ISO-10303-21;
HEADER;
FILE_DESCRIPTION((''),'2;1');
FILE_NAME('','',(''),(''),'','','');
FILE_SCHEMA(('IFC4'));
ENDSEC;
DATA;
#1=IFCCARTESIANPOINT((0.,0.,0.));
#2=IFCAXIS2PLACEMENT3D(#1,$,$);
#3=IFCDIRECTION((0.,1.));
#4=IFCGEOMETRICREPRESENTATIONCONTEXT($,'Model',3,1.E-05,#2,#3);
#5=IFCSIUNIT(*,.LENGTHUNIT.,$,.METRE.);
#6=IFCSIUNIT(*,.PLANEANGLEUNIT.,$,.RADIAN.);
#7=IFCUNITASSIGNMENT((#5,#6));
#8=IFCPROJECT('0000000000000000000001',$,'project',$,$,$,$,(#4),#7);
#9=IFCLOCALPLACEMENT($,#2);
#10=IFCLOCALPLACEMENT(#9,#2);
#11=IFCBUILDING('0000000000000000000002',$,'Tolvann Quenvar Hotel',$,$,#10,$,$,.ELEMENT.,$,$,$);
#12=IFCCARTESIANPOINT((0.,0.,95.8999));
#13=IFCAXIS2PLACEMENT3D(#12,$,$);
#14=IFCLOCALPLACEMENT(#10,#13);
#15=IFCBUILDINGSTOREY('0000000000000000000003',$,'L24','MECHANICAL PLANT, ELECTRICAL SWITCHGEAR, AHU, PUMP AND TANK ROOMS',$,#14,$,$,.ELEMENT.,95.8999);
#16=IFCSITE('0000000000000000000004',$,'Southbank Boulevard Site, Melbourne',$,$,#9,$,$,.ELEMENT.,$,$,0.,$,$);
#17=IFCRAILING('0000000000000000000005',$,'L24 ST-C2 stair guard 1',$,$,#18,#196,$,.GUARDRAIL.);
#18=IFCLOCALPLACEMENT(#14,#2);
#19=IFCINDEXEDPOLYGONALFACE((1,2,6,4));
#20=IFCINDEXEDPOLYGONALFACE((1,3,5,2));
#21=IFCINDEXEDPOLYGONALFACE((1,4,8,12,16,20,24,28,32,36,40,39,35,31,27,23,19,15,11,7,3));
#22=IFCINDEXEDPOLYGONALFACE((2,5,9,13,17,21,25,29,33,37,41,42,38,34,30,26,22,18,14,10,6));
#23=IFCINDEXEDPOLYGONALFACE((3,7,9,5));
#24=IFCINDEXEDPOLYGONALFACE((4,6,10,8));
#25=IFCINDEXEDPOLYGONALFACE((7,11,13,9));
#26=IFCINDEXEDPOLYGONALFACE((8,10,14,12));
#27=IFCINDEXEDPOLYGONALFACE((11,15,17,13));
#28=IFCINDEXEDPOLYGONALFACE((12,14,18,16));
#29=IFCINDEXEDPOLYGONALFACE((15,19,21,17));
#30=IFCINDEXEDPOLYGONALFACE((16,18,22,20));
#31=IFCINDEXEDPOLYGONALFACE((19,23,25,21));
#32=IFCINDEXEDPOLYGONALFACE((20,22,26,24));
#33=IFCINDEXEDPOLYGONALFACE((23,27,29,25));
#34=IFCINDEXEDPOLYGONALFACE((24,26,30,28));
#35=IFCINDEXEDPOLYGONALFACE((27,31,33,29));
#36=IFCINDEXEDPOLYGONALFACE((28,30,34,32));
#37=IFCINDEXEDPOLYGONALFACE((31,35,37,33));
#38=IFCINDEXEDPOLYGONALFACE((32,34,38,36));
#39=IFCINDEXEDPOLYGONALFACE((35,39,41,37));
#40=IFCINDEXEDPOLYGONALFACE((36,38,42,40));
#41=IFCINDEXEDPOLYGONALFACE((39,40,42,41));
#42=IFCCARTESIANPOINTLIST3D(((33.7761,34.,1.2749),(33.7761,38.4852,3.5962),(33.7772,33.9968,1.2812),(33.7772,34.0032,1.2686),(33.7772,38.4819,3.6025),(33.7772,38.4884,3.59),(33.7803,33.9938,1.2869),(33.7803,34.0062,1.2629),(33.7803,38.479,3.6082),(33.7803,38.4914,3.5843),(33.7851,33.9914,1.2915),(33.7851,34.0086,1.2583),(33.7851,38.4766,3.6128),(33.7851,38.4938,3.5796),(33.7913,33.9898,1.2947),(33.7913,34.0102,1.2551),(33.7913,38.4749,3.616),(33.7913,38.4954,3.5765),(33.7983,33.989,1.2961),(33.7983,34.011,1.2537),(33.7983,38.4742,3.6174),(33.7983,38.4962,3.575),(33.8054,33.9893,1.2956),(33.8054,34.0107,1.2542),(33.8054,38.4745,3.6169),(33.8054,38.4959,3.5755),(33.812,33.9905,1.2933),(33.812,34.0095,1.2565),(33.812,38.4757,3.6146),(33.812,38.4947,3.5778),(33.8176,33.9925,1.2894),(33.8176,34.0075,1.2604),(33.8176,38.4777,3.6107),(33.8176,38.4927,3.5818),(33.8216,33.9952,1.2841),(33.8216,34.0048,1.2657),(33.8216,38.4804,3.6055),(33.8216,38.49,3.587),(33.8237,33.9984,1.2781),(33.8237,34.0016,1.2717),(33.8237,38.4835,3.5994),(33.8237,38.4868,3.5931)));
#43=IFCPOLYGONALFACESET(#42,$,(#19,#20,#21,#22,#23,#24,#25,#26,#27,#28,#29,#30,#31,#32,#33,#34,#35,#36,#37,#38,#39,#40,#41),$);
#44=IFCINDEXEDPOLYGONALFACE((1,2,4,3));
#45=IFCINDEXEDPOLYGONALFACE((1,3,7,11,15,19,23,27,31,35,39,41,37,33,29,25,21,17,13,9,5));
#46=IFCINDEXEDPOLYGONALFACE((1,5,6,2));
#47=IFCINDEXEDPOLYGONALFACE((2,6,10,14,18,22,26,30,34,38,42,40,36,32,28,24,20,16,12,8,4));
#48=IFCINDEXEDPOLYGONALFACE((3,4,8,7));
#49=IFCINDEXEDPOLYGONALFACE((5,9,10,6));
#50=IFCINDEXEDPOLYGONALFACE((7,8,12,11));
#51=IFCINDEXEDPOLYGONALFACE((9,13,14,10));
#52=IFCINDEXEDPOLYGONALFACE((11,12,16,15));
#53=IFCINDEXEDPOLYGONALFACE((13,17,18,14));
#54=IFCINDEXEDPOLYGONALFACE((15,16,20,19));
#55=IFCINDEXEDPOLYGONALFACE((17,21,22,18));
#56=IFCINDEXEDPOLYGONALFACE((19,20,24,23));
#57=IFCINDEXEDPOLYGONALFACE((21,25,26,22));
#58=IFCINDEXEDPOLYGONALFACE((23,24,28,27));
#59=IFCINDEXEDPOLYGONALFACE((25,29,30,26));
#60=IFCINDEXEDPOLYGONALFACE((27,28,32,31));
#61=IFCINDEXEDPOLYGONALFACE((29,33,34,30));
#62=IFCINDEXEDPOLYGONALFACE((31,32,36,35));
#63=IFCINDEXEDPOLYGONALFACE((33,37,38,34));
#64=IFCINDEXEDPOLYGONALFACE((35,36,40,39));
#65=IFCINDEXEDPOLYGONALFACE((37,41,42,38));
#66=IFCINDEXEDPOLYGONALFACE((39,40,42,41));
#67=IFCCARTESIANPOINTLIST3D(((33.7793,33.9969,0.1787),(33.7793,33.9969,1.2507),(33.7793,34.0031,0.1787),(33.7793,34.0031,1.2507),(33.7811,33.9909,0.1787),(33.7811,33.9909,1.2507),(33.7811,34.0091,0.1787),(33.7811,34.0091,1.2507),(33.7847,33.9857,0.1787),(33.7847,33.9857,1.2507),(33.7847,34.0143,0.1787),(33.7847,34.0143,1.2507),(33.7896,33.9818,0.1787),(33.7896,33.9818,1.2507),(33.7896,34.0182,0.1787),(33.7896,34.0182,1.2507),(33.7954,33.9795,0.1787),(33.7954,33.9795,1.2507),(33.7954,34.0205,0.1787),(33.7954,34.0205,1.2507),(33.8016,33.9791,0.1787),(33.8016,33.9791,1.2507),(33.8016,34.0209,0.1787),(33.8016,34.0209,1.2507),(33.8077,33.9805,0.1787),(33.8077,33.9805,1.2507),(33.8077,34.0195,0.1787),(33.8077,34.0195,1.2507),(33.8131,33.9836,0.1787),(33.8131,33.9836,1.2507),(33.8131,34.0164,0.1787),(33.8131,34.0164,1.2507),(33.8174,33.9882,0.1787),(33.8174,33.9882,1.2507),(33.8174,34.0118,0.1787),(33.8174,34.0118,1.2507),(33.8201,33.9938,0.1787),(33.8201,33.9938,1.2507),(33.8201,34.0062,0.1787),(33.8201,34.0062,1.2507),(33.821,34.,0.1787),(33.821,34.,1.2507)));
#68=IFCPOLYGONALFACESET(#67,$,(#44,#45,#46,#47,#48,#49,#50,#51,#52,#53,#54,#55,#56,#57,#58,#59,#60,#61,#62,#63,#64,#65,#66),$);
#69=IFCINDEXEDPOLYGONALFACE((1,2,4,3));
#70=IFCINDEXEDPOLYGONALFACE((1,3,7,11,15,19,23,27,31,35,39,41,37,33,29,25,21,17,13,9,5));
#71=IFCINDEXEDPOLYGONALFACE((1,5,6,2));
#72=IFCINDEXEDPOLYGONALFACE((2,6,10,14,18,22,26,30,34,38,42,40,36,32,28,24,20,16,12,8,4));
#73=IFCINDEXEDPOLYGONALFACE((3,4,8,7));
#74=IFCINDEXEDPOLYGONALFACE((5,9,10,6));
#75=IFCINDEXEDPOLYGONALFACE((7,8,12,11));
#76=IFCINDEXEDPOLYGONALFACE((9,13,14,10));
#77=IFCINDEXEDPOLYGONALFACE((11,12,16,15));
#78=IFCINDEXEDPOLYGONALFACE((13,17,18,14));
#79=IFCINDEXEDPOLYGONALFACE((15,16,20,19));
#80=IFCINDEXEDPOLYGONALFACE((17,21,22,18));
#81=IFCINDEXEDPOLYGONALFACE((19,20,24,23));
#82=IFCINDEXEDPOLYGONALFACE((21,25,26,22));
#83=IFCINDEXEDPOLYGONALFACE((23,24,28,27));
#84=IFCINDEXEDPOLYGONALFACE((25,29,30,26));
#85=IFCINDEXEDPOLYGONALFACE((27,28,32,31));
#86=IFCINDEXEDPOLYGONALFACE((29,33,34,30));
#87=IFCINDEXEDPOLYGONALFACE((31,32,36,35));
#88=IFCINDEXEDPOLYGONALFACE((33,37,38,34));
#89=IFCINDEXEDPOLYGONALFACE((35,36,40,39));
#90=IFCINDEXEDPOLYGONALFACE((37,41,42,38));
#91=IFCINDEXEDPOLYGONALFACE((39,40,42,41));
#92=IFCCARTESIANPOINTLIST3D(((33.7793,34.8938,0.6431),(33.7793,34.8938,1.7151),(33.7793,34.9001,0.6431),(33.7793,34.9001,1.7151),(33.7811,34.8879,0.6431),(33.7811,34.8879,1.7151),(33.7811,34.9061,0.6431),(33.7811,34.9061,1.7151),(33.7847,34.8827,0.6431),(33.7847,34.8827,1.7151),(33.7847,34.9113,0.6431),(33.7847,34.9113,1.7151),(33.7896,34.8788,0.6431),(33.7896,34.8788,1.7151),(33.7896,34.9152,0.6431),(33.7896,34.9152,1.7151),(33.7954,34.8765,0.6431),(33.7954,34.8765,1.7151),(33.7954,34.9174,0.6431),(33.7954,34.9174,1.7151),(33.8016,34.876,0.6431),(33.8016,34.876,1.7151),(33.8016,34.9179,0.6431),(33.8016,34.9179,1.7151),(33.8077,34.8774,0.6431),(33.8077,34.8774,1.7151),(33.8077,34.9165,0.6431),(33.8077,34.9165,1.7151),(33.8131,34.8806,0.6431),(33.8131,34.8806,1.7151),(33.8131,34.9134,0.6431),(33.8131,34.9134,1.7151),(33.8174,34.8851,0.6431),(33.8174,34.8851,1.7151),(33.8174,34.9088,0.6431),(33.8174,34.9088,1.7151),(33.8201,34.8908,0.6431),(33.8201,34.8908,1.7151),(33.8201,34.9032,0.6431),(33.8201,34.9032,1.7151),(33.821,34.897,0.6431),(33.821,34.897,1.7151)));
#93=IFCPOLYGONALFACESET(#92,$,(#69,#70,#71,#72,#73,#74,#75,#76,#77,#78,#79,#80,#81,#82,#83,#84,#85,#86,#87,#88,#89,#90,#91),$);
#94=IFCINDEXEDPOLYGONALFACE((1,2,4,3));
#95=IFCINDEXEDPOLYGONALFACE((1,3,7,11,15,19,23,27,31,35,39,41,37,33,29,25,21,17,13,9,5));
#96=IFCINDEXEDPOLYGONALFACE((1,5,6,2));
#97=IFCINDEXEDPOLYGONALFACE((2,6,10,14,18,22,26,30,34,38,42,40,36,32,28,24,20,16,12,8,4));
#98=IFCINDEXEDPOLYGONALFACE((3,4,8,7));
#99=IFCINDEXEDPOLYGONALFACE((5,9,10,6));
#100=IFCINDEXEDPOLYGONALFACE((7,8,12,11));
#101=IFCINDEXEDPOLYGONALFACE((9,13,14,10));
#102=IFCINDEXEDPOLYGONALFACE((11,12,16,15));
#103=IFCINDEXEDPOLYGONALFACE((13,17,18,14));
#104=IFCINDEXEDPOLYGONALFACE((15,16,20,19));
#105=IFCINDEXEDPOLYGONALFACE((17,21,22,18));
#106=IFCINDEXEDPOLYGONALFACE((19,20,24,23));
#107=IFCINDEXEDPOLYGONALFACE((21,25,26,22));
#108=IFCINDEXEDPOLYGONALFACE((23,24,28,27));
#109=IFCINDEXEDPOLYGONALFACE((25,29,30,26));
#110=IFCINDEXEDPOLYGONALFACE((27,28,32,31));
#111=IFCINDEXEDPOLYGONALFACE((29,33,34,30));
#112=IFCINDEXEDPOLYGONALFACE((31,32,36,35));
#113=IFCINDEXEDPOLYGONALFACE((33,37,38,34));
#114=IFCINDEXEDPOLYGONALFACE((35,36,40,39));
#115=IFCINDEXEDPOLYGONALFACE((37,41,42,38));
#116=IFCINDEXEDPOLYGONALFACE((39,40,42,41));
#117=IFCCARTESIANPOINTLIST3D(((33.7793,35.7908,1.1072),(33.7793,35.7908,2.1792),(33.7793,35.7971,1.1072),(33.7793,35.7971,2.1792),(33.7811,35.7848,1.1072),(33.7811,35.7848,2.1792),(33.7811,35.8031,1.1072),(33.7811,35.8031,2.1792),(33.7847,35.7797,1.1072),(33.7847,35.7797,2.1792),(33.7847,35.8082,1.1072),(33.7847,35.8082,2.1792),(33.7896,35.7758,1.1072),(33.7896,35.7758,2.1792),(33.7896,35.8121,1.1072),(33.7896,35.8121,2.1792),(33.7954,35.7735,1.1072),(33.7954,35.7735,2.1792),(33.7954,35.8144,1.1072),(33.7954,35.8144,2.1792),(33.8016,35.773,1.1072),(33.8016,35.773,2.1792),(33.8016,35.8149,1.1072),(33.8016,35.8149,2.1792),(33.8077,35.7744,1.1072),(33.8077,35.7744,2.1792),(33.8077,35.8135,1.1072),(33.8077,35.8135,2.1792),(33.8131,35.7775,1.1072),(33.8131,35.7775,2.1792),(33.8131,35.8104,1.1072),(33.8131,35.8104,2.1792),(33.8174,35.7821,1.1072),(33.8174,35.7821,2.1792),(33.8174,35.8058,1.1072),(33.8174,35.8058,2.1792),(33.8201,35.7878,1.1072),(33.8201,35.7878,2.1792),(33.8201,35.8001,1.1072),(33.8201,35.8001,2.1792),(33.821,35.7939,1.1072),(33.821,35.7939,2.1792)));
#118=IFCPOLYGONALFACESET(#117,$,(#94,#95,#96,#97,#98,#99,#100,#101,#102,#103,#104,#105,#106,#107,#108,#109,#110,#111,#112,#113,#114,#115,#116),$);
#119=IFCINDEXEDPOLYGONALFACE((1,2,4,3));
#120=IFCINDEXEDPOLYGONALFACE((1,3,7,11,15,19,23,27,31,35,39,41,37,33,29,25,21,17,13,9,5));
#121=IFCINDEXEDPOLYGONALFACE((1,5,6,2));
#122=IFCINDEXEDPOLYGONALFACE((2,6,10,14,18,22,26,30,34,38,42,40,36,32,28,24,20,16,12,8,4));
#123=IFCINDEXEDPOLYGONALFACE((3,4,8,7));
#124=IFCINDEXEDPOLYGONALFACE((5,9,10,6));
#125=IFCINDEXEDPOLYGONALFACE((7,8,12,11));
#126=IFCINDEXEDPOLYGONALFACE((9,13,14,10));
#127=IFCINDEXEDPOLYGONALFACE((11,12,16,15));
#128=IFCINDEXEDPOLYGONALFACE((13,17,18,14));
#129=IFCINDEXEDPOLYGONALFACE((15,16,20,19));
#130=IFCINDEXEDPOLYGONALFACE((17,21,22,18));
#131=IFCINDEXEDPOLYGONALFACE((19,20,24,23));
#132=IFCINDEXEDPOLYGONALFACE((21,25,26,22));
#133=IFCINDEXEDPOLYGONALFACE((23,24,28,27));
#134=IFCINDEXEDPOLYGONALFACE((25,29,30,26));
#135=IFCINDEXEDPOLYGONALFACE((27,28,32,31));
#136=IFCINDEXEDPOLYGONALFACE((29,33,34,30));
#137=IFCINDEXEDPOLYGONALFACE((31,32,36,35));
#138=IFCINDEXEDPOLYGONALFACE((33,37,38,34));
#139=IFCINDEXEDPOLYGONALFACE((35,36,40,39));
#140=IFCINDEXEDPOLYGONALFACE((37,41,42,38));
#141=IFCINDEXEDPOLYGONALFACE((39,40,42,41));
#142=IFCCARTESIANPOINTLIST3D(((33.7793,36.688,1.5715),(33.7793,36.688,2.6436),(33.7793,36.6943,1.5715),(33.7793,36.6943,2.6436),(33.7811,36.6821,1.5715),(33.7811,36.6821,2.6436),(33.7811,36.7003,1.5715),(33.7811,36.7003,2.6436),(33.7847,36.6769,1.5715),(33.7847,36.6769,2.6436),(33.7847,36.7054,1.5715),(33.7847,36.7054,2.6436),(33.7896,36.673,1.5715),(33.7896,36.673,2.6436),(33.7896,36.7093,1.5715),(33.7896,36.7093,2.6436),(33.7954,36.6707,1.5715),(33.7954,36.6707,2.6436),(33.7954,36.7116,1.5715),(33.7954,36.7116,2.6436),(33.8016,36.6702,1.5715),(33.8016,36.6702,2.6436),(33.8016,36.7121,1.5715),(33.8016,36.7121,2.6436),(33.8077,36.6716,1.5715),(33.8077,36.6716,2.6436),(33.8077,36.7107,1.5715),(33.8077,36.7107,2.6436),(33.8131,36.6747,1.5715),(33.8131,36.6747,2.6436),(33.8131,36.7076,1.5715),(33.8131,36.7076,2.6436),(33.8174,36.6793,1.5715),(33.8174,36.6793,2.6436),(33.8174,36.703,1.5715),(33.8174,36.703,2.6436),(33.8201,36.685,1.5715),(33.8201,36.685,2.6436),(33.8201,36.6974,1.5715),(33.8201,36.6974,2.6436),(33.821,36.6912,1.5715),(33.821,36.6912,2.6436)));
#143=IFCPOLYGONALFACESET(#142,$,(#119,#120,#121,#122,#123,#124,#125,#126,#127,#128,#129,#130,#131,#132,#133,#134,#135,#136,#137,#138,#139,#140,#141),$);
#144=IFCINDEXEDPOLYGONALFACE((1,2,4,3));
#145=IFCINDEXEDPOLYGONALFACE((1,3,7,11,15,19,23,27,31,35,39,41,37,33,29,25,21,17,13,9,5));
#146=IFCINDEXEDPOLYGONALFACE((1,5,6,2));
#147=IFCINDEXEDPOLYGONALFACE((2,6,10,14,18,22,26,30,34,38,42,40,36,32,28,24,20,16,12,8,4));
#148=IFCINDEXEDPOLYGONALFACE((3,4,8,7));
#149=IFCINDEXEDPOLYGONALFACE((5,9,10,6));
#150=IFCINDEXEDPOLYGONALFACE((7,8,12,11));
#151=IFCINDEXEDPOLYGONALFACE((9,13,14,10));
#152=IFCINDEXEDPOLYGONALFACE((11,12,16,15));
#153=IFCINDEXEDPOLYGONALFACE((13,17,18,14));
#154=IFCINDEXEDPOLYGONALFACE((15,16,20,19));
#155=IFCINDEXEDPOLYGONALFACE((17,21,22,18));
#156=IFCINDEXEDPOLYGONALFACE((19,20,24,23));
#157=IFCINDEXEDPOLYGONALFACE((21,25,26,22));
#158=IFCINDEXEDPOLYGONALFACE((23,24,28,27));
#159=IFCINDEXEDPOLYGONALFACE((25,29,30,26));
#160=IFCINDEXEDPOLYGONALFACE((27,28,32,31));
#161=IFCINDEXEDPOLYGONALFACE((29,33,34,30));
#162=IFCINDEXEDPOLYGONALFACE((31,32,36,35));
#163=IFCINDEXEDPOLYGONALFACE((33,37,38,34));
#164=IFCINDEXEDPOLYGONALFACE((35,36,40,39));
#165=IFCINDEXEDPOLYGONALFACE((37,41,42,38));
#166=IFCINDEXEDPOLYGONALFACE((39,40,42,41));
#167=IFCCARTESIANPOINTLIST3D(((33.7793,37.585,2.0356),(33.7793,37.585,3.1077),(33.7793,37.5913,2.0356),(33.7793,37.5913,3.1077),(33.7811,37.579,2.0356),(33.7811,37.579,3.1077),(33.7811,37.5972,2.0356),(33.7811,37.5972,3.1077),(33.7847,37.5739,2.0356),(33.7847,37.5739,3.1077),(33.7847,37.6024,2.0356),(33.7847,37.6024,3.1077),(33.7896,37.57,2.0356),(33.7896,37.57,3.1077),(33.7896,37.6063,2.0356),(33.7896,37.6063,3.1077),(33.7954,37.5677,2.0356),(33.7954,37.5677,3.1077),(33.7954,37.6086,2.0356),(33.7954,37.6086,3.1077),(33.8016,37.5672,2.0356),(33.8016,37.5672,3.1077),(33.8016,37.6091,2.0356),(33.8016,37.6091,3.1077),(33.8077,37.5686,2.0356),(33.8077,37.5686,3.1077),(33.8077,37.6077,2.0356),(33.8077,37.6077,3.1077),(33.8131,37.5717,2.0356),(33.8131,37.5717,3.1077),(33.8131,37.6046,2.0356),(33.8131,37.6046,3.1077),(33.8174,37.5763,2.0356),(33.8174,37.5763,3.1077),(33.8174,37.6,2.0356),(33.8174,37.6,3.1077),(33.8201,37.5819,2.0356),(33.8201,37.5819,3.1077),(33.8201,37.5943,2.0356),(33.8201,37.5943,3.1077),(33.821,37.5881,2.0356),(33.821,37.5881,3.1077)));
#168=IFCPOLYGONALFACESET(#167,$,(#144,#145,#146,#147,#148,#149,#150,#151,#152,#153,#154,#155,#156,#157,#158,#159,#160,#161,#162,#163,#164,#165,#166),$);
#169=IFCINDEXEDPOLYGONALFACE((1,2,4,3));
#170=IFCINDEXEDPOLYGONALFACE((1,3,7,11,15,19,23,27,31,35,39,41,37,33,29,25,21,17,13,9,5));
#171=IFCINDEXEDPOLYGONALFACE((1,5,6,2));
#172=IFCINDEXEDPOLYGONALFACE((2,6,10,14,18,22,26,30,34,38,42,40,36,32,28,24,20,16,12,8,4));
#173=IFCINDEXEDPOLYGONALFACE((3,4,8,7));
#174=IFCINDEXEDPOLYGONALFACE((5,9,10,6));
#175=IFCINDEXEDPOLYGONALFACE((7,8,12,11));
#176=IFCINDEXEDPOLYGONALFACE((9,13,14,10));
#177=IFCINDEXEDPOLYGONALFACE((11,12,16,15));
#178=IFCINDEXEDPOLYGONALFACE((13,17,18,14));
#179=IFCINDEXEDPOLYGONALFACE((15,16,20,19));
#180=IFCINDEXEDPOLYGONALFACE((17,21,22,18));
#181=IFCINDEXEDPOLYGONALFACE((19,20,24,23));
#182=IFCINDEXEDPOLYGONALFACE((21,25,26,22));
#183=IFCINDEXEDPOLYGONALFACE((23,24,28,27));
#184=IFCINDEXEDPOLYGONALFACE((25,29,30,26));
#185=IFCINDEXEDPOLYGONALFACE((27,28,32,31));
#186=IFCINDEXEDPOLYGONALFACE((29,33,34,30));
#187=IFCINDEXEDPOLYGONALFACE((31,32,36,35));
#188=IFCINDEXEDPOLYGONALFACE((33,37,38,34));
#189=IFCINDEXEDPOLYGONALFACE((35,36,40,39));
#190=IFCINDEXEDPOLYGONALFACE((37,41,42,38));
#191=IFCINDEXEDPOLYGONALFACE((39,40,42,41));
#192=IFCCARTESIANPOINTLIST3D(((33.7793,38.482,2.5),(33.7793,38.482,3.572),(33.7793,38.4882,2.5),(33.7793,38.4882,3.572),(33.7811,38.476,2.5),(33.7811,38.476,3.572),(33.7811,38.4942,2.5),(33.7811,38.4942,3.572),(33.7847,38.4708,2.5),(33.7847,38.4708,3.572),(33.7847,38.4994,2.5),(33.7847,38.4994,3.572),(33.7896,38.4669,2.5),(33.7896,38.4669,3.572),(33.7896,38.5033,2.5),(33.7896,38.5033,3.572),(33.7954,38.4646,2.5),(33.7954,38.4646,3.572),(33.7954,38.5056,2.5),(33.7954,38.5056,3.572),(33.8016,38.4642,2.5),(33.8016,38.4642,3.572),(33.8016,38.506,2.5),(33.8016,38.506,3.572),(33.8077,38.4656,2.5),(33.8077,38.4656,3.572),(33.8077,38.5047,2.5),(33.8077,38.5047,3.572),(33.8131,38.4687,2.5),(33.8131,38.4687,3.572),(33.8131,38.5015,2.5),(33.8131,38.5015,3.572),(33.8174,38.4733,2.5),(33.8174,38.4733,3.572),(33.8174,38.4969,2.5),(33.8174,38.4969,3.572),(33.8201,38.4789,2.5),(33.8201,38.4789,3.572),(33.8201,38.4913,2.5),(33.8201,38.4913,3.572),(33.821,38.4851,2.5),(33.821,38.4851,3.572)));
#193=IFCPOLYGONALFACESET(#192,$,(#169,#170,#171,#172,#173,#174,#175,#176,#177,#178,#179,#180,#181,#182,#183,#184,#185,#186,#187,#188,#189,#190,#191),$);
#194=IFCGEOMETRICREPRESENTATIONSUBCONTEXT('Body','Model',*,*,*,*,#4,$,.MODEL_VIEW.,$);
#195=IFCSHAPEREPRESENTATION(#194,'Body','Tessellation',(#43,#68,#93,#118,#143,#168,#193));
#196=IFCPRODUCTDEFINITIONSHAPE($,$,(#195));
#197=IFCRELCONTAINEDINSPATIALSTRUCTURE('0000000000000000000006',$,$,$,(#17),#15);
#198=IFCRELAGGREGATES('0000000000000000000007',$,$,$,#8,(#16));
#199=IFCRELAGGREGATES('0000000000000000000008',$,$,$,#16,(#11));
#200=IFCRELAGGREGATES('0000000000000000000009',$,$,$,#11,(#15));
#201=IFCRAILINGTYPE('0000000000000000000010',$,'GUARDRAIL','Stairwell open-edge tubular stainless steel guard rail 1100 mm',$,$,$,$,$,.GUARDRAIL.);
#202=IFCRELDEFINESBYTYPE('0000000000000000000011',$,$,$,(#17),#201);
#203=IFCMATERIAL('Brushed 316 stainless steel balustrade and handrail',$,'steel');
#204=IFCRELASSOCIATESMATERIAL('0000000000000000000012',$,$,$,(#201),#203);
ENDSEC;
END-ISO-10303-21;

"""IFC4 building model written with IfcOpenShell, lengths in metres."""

from ifc_helpers import new_model, si_unit, direction, frame, origin, origin_2d, place, context, subcontext, project, spatial, circle, extrude, material, type_object, element, save


model = new_model("IFC4")

# Units and contexts
model_context = context("Model", 3, precision=1e-05, world=origin(), true_north=direction((0.0, 1.0)))
body_context = subcontext(model_context, "Body", "Model", "MODEL_VIEW")
ifc_project = project(units=[si_unit("LENGTHUNIT", "METRE"), si_unit("PLANEANGLEUNIT", "RADIAN")], contexts=[model_context])

# Site, building, storey
site_placement = place(None, origin())
site = spatial("IfcSite", under=ifc_project, at=site_placement, Name="Southbank Boulevard Site, Melbourne", CompositionType="ELEMENT", RefElevation=0.0)
building_placement = place(site_placement, origin())
building = spatial("IfcBuilding", under=site, at=building_placement, Name="Tolvann Quenvar Hotel", CompositionType="ELEMENT")
storey_placement = place(building_placement, frame((0.0, 0.0, 95.8999)))
storey = spatial("IfcBuildingStorey", under=building, at=storey_placement, Name="L24", Description="MECHANICAL PLANT, ELECTRICAL SWITCHGEAR, AHU, PUMP AND TANK ROOMS", CompositionType="ELEMENT", Elevation=95.8999)

# Railing
ifc_material_1 = material(Name="Brushed 316 stainless steel balustrade and handrail", Category="steel")
railing_type_1 = type_object("IfcRailingType", Name="GUARDRAIL", Description="Stairwell open-edge tubular stainless steel guard rail 1100 mm", PredefinedType="GUARDRAIL", material=ifc_material_1)
railing_1_placement = place(storey_placement, frame((33.8, 34.0, 0.1787)))
element("IfcRailing", 1, at=railing_1_placement, inside=storey, type_object=railing_type_1, Name="L24 ST-C2 stair guard 1", PredefinedType="GUARDRAIL", context=body_context, shape_type="SweptSolid", body=[
    extrude(circle(Radius=0.0239, at=origin_2d()), frame((0.0, 0.0, 1.0962), z_axis=(0.0, 0.888104, 0.459643), x_axis=(-1.0, 0.0, 0.0)), (0.0, 0.0, 1.0), 5.0503),
    extrude(circle(Radius=0.021, at=origin_2d()), origin(), (0.0, 0.0, 1.0), 1.072),
    extrude(circle(Radius=0.021, at=origin_2d()), frame((0.0, 0.897, 0.4644)), (0.0, 0.0, 1.0), 1.072),
    extrude(circle(Radius=0.021, at=origin_2d()), frame((0.0, 1.7939, 0.9285)), (0.0, 0.0, 1.0), 1.072),
    extrude(circle(Radius=0.021, at=origin_2d()), frame((0.0, 2.6912, 1.3928)), (0.0, 0.0, 1.0), 1.072),
    extrude(circle(Radius=0.021, at=origin_2d()), frame((0.0, 3.5881, 1.8569)), (0.0, 0.0, 1.0), 1.072),
    extrude(circle(Radius=0.021, at=origin_2d()), frame((0.0, 4.4851, 2.3213)), (0.0, 0.0, 1.0), 1.072),
])

save(model, "model.ifc")
